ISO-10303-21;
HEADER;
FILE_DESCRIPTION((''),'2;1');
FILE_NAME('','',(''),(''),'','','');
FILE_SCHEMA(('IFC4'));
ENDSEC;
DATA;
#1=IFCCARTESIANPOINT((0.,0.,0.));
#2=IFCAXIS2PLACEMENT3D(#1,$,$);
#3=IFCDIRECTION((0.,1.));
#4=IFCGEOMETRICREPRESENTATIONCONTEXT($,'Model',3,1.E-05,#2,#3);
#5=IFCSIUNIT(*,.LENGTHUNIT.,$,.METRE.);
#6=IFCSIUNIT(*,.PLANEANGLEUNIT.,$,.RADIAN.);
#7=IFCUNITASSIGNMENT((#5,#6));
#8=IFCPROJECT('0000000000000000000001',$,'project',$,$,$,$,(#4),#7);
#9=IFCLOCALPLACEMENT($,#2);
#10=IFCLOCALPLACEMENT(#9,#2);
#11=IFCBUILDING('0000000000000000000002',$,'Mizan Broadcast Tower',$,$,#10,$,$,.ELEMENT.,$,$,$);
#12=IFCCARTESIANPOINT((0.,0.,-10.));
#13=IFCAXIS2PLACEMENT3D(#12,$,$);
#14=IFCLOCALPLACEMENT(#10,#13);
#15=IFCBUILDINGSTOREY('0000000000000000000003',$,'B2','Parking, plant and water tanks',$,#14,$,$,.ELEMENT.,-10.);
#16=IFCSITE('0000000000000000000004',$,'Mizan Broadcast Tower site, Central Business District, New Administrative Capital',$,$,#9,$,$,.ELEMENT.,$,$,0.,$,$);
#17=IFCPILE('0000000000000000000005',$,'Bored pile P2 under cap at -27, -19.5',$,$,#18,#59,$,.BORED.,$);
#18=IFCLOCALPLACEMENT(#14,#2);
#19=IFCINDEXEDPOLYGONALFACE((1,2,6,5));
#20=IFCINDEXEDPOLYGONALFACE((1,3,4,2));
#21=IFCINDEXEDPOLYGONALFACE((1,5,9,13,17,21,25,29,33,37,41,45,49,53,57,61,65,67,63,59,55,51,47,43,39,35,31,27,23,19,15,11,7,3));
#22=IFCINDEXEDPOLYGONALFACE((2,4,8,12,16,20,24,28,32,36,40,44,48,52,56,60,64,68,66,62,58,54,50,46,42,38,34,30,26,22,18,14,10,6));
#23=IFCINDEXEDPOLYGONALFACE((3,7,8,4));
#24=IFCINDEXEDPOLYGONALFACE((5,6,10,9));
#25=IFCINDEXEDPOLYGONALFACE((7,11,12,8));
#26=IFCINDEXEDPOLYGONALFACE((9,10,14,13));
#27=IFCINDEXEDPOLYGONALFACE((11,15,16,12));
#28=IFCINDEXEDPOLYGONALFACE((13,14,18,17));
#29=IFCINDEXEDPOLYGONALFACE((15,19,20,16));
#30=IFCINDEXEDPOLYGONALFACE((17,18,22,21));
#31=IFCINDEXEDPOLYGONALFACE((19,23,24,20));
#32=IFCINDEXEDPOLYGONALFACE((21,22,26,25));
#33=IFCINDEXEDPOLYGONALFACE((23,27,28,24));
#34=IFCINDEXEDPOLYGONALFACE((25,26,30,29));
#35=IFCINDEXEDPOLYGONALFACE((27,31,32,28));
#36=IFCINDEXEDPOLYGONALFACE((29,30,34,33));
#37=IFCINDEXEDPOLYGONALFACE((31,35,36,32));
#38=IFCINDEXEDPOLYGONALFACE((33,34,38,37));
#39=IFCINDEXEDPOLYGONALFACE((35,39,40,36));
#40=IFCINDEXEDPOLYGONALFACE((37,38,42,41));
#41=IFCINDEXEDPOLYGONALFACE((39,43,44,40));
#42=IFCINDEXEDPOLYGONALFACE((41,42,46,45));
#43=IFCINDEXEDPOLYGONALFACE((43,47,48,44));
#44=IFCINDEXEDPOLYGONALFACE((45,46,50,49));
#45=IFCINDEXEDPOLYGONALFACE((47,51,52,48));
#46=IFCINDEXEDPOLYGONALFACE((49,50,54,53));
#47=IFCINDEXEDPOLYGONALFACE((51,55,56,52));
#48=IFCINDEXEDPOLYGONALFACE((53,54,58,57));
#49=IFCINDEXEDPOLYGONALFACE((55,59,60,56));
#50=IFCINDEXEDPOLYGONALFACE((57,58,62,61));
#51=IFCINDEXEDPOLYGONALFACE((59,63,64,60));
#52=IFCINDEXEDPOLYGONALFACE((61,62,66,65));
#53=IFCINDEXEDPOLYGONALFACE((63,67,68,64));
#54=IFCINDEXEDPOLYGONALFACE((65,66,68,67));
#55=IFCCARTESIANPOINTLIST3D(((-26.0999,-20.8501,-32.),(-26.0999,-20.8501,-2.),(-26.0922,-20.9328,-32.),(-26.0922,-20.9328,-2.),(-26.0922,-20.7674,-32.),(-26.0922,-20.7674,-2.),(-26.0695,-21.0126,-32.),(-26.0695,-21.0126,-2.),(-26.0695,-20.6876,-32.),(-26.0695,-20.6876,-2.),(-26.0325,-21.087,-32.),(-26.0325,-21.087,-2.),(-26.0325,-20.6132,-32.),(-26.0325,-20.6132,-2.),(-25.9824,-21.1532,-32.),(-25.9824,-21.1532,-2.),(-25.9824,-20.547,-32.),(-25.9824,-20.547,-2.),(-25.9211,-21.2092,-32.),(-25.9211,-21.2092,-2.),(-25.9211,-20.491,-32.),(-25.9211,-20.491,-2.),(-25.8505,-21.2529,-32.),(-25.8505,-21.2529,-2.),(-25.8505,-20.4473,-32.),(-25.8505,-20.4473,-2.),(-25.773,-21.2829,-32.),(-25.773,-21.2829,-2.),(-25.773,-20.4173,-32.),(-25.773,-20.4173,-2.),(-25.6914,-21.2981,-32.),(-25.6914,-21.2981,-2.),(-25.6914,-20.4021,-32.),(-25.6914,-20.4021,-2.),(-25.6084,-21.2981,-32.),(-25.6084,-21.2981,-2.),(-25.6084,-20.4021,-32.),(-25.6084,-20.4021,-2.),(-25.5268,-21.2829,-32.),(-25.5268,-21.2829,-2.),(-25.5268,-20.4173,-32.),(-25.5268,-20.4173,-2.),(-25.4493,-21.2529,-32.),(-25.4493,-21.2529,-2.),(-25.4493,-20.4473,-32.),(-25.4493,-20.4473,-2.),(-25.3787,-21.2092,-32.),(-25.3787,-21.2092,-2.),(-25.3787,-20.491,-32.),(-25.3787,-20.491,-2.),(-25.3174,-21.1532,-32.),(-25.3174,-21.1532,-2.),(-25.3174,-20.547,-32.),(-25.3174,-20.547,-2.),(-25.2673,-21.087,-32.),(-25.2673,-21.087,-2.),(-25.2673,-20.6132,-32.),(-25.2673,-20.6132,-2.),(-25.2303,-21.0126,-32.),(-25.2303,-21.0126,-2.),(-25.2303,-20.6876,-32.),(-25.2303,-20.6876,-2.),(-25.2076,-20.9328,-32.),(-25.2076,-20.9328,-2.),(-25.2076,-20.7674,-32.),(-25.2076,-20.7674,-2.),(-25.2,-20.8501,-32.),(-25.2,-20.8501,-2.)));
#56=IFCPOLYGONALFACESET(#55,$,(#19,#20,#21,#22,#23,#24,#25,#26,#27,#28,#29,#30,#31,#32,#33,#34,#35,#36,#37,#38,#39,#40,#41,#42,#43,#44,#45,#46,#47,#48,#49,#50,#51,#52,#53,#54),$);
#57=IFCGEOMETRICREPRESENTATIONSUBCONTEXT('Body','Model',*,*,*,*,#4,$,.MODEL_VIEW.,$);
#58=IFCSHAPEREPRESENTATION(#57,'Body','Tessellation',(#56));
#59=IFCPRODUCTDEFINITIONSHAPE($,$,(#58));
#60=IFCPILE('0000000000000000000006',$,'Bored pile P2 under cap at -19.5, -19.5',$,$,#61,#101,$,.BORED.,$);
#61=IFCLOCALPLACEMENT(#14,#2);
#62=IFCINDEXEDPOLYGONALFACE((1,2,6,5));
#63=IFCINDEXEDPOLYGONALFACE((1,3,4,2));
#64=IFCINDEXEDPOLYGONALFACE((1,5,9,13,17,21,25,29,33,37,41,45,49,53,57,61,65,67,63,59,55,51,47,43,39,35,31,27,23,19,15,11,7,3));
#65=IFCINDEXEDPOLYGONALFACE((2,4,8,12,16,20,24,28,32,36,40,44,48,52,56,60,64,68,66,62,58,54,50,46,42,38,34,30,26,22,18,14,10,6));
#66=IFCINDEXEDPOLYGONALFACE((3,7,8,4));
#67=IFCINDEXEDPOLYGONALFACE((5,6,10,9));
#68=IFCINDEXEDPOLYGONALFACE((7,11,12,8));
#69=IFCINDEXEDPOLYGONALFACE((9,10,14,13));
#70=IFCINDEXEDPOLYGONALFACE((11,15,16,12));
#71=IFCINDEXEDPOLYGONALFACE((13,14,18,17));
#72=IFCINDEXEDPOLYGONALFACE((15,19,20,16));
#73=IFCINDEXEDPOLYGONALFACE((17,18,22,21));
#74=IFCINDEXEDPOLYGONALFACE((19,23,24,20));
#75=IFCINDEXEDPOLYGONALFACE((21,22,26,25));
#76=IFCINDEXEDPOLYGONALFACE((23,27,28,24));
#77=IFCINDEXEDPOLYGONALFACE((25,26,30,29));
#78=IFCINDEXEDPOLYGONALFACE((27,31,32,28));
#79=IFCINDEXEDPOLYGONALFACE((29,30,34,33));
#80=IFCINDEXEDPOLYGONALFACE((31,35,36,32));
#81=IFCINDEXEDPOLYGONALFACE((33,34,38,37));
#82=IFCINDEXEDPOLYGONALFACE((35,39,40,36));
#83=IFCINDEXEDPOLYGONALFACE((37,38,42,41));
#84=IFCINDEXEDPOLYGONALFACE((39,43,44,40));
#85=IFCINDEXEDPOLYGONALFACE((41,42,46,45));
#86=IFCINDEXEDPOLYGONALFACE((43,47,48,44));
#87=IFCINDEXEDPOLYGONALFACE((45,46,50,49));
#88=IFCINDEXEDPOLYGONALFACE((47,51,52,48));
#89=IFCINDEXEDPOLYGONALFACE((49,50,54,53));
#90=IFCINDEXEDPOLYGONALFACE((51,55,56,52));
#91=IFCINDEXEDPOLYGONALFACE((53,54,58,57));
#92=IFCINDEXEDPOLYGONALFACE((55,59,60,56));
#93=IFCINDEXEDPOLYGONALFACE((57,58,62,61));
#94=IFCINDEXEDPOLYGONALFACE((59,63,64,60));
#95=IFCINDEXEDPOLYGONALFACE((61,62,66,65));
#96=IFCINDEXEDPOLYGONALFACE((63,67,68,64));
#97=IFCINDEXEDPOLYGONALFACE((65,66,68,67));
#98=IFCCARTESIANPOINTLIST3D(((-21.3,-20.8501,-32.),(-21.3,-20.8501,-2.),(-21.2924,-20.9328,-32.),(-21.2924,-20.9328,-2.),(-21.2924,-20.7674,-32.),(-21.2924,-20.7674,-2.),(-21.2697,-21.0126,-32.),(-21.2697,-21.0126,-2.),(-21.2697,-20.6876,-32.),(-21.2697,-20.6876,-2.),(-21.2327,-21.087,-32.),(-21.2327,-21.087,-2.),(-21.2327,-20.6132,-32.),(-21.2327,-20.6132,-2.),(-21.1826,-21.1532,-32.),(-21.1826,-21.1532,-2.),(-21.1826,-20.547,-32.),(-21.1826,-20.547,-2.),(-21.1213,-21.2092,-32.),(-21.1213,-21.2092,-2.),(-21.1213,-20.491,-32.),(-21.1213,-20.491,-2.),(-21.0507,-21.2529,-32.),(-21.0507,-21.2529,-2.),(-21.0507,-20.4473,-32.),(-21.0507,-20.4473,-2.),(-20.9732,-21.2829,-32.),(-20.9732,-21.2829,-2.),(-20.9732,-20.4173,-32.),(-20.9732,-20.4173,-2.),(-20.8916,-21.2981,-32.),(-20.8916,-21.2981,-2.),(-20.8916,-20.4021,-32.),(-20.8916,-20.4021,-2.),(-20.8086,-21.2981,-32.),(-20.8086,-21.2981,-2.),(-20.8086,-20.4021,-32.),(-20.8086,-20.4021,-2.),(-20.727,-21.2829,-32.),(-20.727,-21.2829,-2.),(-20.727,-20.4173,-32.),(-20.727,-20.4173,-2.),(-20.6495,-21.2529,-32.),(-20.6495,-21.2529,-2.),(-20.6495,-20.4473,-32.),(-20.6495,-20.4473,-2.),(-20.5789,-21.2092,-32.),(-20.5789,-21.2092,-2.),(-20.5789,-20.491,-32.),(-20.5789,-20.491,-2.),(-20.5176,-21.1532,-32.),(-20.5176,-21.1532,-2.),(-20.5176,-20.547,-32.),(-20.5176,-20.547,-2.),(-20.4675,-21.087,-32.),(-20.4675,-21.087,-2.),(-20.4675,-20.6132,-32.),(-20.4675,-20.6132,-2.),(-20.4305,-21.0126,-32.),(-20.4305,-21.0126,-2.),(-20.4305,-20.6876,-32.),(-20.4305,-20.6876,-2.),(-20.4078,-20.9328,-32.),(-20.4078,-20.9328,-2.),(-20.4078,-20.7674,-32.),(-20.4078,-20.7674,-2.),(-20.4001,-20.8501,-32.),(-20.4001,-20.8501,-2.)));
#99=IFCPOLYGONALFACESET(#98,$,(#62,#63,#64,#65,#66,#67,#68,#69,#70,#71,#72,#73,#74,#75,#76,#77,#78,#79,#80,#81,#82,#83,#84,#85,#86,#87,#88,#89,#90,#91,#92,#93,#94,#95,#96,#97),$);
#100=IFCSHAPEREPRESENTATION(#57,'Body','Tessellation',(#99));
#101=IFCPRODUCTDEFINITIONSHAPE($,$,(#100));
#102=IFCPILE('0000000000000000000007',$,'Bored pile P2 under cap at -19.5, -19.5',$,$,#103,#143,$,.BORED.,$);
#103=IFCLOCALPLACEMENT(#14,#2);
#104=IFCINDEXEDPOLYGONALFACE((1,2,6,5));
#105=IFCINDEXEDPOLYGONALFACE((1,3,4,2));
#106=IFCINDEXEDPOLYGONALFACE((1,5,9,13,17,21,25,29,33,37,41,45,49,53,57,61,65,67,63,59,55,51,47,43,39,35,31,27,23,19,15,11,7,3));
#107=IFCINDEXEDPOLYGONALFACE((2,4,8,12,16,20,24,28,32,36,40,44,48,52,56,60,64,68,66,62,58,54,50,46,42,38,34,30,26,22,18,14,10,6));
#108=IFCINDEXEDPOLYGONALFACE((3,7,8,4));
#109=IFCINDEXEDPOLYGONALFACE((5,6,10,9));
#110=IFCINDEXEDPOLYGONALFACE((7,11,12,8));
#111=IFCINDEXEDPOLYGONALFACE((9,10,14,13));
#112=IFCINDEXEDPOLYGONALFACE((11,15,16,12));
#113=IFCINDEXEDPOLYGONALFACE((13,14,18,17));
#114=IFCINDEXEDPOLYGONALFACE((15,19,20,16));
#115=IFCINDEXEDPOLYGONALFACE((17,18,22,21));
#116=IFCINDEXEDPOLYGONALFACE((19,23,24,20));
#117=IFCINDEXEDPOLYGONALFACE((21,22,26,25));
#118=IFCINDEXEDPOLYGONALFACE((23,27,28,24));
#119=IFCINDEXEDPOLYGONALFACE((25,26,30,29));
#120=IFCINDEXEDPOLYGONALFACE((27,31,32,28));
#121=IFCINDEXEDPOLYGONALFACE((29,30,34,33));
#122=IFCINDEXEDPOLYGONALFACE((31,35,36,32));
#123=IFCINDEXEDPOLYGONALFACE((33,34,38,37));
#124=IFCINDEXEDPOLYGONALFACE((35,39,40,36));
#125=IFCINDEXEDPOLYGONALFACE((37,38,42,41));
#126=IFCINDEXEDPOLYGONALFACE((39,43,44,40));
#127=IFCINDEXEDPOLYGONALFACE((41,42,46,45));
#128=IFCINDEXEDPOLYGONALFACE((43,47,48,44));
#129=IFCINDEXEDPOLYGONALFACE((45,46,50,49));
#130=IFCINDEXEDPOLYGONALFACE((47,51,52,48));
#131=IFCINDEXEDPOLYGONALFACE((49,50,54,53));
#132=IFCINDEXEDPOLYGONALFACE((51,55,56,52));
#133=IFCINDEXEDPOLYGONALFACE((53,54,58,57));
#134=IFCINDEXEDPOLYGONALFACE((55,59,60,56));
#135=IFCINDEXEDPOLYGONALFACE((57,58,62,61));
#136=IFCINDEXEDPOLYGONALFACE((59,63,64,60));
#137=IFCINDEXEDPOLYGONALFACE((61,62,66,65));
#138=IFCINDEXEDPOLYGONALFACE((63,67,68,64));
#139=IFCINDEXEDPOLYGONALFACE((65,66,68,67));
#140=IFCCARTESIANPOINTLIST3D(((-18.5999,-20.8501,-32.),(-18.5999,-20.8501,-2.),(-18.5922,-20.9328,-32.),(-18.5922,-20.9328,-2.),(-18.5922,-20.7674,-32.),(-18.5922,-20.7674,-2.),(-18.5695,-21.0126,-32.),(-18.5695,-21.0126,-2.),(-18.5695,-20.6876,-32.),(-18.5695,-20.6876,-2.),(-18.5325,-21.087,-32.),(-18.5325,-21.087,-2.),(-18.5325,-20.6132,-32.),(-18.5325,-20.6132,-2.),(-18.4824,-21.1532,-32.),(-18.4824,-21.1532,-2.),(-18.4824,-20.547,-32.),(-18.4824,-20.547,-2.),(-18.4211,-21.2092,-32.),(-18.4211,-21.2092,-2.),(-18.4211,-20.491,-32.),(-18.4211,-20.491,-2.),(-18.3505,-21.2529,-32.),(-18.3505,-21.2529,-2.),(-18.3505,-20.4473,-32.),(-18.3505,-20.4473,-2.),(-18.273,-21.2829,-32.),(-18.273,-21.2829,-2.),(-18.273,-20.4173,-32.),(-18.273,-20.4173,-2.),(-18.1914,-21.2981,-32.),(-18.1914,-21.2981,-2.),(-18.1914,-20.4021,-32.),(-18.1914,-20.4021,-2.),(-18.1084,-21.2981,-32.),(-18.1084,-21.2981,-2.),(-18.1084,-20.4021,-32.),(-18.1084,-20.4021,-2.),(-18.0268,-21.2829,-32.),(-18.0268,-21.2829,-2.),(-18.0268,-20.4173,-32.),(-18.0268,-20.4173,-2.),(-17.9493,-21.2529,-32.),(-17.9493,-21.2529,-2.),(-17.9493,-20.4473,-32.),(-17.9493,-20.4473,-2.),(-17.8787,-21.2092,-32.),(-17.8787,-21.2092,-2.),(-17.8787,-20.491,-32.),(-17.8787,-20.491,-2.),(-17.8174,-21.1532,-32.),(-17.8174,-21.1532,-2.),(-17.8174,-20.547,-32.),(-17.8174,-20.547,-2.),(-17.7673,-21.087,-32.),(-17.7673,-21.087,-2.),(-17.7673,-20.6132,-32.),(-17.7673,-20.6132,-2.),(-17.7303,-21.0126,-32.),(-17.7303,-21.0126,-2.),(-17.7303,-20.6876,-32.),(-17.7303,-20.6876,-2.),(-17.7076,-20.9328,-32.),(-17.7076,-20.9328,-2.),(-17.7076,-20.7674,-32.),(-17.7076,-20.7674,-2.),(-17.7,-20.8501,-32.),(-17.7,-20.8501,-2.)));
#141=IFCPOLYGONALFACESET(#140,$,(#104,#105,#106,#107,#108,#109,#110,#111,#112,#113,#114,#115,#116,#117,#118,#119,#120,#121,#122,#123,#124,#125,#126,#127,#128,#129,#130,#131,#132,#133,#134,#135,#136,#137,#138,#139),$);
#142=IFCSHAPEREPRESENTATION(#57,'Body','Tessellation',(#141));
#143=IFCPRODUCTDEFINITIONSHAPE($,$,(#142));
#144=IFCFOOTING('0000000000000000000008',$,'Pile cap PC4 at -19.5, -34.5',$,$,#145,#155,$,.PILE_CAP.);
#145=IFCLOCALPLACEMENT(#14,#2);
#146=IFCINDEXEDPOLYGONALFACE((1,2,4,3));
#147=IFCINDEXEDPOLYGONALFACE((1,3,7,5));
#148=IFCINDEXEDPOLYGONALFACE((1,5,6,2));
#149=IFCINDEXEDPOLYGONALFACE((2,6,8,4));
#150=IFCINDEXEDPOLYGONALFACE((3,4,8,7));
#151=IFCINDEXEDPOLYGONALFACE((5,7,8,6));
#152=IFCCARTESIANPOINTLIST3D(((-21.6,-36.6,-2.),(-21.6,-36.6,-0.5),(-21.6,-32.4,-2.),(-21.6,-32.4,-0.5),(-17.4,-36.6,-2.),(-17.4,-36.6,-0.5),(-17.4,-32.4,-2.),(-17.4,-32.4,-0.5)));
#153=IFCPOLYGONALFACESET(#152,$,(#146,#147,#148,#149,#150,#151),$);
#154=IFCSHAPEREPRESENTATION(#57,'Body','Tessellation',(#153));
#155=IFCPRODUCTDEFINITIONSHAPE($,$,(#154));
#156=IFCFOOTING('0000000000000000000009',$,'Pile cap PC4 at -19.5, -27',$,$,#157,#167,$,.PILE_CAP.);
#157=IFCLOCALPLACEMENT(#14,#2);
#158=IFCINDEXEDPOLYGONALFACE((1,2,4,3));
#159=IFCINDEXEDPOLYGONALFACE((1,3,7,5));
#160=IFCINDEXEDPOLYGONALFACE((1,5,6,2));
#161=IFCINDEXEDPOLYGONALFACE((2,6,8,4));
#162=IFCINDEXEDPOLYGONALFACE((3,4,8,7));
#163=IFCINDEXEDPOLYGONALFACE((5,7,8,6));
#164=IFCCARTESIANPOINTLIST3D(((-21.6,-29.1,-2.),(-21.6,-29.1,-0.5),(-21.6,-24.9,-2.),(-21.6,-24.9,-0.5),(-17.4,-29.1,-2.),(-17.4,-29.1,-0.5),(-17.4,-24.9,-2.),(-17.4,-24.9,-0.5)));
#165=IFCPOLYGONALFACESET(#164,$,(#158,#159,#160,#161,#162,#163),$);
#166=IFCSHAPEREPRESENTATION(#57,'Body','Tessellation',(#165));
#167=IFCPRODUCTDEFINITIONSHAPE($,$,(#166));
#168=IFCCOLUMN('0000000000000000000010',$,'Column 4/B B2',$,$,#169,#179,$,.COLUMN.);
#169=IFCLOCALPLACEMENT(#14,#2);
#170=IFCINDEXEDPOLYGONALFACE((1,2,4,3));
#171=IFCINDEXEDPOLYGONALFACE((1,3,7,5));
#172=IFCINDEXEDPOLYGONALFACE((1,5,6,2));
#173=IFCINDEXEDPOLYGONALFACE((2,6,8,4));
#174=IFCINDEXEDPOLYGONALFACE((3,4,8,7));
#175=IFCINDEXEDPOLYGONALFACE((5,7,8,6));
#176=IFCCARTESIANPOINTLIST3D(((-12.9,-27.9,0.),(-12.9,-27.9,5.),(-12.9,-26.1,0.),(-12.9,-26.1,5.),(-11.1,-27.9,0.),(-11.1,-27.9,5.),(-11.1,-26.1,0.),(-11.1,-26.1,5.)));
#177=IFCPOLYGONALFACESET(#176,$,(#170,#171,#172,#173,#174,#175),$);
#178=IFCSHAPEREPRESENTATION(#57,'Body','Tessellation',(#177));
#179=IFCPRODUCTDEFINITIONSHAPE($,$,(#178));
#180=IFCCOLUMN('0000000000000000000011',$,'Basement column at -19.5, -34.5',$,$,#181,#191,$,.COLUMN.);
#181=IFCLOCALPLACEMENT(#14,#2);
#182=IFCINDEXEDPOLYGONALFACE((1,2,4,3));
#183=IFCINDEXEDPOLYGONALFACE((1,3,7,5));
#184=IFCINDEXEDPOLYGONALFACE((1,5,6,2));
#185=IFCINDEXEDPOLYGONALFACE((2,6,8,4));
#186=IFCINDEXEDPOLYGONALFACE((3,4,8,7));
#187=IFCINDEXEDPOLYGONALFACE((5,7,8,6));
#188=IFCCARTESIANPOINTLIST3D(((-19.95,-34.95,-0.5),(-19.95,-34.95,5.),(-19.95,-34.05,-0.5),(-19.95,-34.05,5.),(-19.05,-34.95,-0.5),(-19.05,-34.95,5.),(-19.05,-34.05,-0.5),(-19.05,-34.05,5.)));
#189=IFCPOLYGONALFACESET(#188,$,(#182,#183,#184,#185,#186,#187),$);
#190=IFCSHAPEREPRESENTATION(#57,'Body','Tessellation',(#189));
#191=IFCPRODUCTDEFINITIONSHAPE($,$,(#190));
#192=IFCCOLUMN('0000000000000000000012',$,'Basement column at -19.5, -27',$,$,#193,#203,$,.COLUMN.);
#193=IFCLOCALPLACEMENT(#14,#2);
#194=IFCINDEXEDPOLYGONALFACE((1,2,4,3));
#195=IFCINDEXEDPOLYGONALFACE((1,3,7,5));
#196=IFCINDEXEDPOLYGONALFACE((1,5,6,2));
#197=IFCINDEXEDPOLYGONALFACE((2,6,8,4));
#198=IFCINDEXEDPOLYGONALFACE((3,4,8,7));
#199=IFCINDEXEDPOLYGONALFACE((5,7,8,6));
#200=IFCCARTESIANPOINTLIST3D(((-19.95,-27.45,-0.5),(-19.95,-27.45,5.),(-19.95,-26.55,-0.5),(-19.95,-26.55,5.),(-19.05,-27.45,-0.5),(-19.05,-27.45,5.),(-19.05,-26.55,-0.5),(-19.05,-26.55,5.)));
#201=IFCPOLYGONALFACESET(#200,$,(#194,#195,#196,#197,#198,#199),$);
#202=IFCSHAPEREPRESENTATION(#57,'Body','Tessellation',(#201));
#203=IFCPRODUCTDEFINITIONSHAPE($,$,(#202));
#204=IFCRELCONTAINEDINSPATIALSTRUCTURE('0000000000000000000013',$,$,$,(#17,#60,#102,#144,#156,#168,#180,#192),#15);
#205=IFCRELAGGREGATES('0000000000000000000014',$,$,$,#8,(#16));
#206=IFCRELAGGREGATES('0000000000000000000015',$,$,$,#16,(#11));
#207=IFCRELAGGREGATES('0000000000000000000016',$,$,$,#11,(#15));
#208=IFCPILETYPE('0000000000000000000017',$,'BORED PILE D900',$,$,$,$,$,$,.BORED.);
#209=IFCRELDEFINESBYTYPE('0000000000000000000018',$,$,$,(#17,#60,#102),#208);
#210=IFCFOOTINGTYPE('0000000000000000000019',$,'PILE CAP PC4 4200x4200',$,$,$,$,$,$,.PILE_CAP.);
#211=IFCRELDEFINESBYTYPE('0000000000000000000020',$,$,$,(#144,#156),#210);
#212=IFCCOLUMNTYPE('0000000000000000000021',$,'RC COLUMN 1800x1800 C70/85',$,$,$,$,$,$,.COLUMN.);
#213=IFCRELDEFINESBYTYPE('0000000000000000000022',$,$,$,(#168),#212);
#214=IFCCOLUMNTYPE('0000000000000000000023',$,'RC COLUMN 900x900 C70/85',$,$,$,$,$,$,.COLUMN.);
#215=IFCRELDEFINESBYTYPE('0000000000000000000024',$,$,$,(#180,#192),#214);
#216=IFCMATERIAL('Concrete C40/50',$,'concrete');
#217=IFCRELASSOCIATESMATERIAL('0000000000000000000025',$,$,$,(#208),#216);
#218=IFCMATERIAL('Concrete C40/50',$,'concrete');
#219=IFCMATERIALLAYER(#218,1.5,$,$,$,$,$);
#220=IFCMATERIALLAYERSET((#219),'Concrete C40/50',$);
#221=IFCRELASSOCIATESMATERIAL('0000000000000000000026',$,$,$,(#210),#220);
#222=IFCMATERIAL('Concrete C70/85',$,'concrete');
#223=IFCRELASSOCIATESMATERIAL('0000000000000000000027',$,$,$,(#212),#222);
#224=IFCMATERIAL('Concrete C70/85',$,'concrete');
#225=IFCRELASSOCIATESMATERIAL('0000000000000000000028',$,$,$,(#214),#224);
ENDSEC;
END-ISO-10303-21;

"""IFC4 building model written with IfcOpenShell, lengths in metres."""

from ifc_helpers import new_model, si_unit, direction, frame, origin, origin_2d, place, context, subcontext, project, spatial, rectangle, circle, extrude, material, layer, layer_set, material_profile, profile_set, type_object, element, save


model = new_model("IFC4")

# Units and contexts
model_context = context("Model", 3, precision=1e-05, world=origin(), true_north=direction((0.0, 1.0)))
body_context = subcontext(model_context, "Body", "Model", "MODEL_VIEW")
ifc_project = project(units=[si_unit("LENGTHUNIT", "METRE"), si_unit("PLANEANGLEUNIT", "RADIAN")], contexts=[model_context])

# Site, building, storey
site_placement = place(None, origin())
site = spatial("IfcSite", under=ifc_project, at=site_placement, Name="Mizan Broadcast Tower site, Central Business District, New Administrative Capital", CompositionType="ELEMENT", RefElevation=0.0)
building_placement = place(site_placement, origin())
building = spatial("IfcBuilding", under=site, at=building_placement, Name="Mizan Broadcast Tower", CompositionType="ELEMENT")
storey_placement = place(building_placement, frame((0.0, 0.0, -10.0)))
storey = spatial("IfcBuildingStorey", under=building, at=storey_placement, Name="B2", Description="Parking, plant and water tanks", CompositionType="ELEMENT", Elevation=-10.0)

# Piles
ifc_material_1 = material(Name="Concrete C40/50", Category="concrete")
ifc_material_profile_1 = material_profile(ifc_material_1, circle(Radius=0.45, at=origin_2d()), Name="D900")
ifc_profile_set_1 = profile_set([ifc_material_profile_1], Name="Concrete C40/50")
pile_type_1 = type_object("IfcPileType", Name="BORED PILE D900", PredefinedType="BORED", material=ifc_profile_set_1)
for number, where, z_axis, x_axis, name in (
    (1, (-25.6499, -20.8501, -2.0), (0.0, 0.0, -1.0), (1.0, 0.0, 0.0), "Bored pile P2 under cap at -27, -19.5"),
    (2, (-20.8501, -20.8501, -2.0), (0.0, 0.0, -1.0), (1.0, 0.0, 0.0), "Bored pile P2 under cap at -19.5, -19.5"),
    (3, (-18.1499, -20.8501, -2.0), (0.0, 0.0, -1.0), (1.0, 0.0, 0.0), "Bored pile P2 under cap at -19.5, -19.5"),
):
    element("IfcPile", number, at=place(storey_placement, frame(where, z_axis=z_axis, x_axis=x_axis)), inside=storey, type_object=pile_type_1, Name=name, PredefinedType="BORED", context=body_context, shape_type="SweptSolid", body=[
        extrude(circle(Radius=0.45, at=origin_2d()), origin(), (0.0, 0.0, 1.0), 30.0),
    ])

# Footings
ifc_material_2 = material(Name="Concrete C40/50", Category="concrete")
ifc_layer = layer(ifc_material_2, 1.5)
ifc_layer_set = layer_set([ifc_layer], Name="Concrete C40/50")
footing_type = type_object("IfcFootingType", Name="PILE CAP PC4 4200x4200", PredefinedType="PILE_CAP", material=ifc_layer_set)
for number, where, z_axis, x_axis, name in (
    (4, (-19.5, -34.5, -2.0), (0.0, 0.0, 1.0), (1.0, 0.0, 0.0), "Pile cap PC4 at -19.5, -34.5"),
    (5, (-19.5, -27.0, -2.0), (0.0, 0.0, 1.0), (1.0, 0.0, 0.0), "Pile cap PC4 at -19.5, -27"),
):
    element("IfcFooting", number, at=place(storey_placement, frame(where, z_axis=z_axis, x_axis=x_axis)), inside=storey, type_object=footing_type, Name=name, PredefinedType="PILE_CAP", context=body_context, shape_type="SweptSolid", body=[
        extrude(rectangle(XDim=4.2, YDim=4.2, at=origin_2d()), origin(), (0.0, 0.0, 1.0), 1.5),
    ])

# Columns
ifc_material_3 = material(Name="Concrete C70/85", Category="concrete")
ifc_material_profile_2 = material_profile(ifc_material_3, rectangle(XDim=1.8, YDim=1.8, at=origin_2d()), Name="RC 1800x1800")
ifc_profile_set_2 = profile_set([ifc_material_profile_2], Name="Concrete C70/85")
column_type_1 = type_object("IfcColumnType", Name="RC COLUMN 1800x1800 C70/85", PredefinedType="COLUMN", material=ifc_profile_set_2)
column_placement = place(storey_placement, frame((-12.0, -27.0, 0.0), z_axis=(0.0, 0.0, 1.0), x_axis=(1.0, 0.0, 0.0)))
element("IfcColumn", 6, at=column_placement, inside=storey, type_object=column_type_1, Name="Column 4/B B2", PredefinedType="COLUMN", context=body_context, shape_type="SweptSolid", body=[
    extrude(rectangle(XDim=1.8, YDim=1.8, at=origin_2d()), origin(), (0.0, 0.0, 1.0), 5.0),
])
ifc_material_4 = material(Name="Concrete C70/85", Category="concrete")
ifc_material_profile_3 = material_profile(ifc_material_4, rectangle(XDim=0.8999, YDim=0.8999, at=origin_2d()), Name="RC 900x900")
ifc_profile_set_3 = profile_set([ifc_material_profile_3], Name="Concrete C70/85")
column_type_2 = type_object("IfcColumnType", Name="RC COLUMN 900x900 C70/85", PredefinedType="COLUMN", material=ifc_profile_set_3)
for number, where, z_axis, x_axis, name in (
    (7, (-19.5, -34.5, -0.5), (0.0, 0.0, 1.0), (1.0, 0.0, 0.0), "Basement column at -19.5, -34.5"),
    (8, (-19.5, -27.0, -0.5), (0.0, 0.0, 1.0), (1.0, 0.0, 0.0), "Basement column at -19.5, -27"),
):
    element("IfcColumn", number, at=place(storey_placement, frame(where, z_axis=z_axis, x_axis=x_axis)), inside=storey, type_object=column_type_2, Name=name, PredefinedType="COLUMN", context=body_context, shape_type="SweptSolid", body=[
        extrude(rectangle(XDim=0.8999, YDim=0.8999, at=origin_2d()), origin(), (0.0, 0.0, 1.0), 5.5),
    ])

save(model, "model.ifc")
